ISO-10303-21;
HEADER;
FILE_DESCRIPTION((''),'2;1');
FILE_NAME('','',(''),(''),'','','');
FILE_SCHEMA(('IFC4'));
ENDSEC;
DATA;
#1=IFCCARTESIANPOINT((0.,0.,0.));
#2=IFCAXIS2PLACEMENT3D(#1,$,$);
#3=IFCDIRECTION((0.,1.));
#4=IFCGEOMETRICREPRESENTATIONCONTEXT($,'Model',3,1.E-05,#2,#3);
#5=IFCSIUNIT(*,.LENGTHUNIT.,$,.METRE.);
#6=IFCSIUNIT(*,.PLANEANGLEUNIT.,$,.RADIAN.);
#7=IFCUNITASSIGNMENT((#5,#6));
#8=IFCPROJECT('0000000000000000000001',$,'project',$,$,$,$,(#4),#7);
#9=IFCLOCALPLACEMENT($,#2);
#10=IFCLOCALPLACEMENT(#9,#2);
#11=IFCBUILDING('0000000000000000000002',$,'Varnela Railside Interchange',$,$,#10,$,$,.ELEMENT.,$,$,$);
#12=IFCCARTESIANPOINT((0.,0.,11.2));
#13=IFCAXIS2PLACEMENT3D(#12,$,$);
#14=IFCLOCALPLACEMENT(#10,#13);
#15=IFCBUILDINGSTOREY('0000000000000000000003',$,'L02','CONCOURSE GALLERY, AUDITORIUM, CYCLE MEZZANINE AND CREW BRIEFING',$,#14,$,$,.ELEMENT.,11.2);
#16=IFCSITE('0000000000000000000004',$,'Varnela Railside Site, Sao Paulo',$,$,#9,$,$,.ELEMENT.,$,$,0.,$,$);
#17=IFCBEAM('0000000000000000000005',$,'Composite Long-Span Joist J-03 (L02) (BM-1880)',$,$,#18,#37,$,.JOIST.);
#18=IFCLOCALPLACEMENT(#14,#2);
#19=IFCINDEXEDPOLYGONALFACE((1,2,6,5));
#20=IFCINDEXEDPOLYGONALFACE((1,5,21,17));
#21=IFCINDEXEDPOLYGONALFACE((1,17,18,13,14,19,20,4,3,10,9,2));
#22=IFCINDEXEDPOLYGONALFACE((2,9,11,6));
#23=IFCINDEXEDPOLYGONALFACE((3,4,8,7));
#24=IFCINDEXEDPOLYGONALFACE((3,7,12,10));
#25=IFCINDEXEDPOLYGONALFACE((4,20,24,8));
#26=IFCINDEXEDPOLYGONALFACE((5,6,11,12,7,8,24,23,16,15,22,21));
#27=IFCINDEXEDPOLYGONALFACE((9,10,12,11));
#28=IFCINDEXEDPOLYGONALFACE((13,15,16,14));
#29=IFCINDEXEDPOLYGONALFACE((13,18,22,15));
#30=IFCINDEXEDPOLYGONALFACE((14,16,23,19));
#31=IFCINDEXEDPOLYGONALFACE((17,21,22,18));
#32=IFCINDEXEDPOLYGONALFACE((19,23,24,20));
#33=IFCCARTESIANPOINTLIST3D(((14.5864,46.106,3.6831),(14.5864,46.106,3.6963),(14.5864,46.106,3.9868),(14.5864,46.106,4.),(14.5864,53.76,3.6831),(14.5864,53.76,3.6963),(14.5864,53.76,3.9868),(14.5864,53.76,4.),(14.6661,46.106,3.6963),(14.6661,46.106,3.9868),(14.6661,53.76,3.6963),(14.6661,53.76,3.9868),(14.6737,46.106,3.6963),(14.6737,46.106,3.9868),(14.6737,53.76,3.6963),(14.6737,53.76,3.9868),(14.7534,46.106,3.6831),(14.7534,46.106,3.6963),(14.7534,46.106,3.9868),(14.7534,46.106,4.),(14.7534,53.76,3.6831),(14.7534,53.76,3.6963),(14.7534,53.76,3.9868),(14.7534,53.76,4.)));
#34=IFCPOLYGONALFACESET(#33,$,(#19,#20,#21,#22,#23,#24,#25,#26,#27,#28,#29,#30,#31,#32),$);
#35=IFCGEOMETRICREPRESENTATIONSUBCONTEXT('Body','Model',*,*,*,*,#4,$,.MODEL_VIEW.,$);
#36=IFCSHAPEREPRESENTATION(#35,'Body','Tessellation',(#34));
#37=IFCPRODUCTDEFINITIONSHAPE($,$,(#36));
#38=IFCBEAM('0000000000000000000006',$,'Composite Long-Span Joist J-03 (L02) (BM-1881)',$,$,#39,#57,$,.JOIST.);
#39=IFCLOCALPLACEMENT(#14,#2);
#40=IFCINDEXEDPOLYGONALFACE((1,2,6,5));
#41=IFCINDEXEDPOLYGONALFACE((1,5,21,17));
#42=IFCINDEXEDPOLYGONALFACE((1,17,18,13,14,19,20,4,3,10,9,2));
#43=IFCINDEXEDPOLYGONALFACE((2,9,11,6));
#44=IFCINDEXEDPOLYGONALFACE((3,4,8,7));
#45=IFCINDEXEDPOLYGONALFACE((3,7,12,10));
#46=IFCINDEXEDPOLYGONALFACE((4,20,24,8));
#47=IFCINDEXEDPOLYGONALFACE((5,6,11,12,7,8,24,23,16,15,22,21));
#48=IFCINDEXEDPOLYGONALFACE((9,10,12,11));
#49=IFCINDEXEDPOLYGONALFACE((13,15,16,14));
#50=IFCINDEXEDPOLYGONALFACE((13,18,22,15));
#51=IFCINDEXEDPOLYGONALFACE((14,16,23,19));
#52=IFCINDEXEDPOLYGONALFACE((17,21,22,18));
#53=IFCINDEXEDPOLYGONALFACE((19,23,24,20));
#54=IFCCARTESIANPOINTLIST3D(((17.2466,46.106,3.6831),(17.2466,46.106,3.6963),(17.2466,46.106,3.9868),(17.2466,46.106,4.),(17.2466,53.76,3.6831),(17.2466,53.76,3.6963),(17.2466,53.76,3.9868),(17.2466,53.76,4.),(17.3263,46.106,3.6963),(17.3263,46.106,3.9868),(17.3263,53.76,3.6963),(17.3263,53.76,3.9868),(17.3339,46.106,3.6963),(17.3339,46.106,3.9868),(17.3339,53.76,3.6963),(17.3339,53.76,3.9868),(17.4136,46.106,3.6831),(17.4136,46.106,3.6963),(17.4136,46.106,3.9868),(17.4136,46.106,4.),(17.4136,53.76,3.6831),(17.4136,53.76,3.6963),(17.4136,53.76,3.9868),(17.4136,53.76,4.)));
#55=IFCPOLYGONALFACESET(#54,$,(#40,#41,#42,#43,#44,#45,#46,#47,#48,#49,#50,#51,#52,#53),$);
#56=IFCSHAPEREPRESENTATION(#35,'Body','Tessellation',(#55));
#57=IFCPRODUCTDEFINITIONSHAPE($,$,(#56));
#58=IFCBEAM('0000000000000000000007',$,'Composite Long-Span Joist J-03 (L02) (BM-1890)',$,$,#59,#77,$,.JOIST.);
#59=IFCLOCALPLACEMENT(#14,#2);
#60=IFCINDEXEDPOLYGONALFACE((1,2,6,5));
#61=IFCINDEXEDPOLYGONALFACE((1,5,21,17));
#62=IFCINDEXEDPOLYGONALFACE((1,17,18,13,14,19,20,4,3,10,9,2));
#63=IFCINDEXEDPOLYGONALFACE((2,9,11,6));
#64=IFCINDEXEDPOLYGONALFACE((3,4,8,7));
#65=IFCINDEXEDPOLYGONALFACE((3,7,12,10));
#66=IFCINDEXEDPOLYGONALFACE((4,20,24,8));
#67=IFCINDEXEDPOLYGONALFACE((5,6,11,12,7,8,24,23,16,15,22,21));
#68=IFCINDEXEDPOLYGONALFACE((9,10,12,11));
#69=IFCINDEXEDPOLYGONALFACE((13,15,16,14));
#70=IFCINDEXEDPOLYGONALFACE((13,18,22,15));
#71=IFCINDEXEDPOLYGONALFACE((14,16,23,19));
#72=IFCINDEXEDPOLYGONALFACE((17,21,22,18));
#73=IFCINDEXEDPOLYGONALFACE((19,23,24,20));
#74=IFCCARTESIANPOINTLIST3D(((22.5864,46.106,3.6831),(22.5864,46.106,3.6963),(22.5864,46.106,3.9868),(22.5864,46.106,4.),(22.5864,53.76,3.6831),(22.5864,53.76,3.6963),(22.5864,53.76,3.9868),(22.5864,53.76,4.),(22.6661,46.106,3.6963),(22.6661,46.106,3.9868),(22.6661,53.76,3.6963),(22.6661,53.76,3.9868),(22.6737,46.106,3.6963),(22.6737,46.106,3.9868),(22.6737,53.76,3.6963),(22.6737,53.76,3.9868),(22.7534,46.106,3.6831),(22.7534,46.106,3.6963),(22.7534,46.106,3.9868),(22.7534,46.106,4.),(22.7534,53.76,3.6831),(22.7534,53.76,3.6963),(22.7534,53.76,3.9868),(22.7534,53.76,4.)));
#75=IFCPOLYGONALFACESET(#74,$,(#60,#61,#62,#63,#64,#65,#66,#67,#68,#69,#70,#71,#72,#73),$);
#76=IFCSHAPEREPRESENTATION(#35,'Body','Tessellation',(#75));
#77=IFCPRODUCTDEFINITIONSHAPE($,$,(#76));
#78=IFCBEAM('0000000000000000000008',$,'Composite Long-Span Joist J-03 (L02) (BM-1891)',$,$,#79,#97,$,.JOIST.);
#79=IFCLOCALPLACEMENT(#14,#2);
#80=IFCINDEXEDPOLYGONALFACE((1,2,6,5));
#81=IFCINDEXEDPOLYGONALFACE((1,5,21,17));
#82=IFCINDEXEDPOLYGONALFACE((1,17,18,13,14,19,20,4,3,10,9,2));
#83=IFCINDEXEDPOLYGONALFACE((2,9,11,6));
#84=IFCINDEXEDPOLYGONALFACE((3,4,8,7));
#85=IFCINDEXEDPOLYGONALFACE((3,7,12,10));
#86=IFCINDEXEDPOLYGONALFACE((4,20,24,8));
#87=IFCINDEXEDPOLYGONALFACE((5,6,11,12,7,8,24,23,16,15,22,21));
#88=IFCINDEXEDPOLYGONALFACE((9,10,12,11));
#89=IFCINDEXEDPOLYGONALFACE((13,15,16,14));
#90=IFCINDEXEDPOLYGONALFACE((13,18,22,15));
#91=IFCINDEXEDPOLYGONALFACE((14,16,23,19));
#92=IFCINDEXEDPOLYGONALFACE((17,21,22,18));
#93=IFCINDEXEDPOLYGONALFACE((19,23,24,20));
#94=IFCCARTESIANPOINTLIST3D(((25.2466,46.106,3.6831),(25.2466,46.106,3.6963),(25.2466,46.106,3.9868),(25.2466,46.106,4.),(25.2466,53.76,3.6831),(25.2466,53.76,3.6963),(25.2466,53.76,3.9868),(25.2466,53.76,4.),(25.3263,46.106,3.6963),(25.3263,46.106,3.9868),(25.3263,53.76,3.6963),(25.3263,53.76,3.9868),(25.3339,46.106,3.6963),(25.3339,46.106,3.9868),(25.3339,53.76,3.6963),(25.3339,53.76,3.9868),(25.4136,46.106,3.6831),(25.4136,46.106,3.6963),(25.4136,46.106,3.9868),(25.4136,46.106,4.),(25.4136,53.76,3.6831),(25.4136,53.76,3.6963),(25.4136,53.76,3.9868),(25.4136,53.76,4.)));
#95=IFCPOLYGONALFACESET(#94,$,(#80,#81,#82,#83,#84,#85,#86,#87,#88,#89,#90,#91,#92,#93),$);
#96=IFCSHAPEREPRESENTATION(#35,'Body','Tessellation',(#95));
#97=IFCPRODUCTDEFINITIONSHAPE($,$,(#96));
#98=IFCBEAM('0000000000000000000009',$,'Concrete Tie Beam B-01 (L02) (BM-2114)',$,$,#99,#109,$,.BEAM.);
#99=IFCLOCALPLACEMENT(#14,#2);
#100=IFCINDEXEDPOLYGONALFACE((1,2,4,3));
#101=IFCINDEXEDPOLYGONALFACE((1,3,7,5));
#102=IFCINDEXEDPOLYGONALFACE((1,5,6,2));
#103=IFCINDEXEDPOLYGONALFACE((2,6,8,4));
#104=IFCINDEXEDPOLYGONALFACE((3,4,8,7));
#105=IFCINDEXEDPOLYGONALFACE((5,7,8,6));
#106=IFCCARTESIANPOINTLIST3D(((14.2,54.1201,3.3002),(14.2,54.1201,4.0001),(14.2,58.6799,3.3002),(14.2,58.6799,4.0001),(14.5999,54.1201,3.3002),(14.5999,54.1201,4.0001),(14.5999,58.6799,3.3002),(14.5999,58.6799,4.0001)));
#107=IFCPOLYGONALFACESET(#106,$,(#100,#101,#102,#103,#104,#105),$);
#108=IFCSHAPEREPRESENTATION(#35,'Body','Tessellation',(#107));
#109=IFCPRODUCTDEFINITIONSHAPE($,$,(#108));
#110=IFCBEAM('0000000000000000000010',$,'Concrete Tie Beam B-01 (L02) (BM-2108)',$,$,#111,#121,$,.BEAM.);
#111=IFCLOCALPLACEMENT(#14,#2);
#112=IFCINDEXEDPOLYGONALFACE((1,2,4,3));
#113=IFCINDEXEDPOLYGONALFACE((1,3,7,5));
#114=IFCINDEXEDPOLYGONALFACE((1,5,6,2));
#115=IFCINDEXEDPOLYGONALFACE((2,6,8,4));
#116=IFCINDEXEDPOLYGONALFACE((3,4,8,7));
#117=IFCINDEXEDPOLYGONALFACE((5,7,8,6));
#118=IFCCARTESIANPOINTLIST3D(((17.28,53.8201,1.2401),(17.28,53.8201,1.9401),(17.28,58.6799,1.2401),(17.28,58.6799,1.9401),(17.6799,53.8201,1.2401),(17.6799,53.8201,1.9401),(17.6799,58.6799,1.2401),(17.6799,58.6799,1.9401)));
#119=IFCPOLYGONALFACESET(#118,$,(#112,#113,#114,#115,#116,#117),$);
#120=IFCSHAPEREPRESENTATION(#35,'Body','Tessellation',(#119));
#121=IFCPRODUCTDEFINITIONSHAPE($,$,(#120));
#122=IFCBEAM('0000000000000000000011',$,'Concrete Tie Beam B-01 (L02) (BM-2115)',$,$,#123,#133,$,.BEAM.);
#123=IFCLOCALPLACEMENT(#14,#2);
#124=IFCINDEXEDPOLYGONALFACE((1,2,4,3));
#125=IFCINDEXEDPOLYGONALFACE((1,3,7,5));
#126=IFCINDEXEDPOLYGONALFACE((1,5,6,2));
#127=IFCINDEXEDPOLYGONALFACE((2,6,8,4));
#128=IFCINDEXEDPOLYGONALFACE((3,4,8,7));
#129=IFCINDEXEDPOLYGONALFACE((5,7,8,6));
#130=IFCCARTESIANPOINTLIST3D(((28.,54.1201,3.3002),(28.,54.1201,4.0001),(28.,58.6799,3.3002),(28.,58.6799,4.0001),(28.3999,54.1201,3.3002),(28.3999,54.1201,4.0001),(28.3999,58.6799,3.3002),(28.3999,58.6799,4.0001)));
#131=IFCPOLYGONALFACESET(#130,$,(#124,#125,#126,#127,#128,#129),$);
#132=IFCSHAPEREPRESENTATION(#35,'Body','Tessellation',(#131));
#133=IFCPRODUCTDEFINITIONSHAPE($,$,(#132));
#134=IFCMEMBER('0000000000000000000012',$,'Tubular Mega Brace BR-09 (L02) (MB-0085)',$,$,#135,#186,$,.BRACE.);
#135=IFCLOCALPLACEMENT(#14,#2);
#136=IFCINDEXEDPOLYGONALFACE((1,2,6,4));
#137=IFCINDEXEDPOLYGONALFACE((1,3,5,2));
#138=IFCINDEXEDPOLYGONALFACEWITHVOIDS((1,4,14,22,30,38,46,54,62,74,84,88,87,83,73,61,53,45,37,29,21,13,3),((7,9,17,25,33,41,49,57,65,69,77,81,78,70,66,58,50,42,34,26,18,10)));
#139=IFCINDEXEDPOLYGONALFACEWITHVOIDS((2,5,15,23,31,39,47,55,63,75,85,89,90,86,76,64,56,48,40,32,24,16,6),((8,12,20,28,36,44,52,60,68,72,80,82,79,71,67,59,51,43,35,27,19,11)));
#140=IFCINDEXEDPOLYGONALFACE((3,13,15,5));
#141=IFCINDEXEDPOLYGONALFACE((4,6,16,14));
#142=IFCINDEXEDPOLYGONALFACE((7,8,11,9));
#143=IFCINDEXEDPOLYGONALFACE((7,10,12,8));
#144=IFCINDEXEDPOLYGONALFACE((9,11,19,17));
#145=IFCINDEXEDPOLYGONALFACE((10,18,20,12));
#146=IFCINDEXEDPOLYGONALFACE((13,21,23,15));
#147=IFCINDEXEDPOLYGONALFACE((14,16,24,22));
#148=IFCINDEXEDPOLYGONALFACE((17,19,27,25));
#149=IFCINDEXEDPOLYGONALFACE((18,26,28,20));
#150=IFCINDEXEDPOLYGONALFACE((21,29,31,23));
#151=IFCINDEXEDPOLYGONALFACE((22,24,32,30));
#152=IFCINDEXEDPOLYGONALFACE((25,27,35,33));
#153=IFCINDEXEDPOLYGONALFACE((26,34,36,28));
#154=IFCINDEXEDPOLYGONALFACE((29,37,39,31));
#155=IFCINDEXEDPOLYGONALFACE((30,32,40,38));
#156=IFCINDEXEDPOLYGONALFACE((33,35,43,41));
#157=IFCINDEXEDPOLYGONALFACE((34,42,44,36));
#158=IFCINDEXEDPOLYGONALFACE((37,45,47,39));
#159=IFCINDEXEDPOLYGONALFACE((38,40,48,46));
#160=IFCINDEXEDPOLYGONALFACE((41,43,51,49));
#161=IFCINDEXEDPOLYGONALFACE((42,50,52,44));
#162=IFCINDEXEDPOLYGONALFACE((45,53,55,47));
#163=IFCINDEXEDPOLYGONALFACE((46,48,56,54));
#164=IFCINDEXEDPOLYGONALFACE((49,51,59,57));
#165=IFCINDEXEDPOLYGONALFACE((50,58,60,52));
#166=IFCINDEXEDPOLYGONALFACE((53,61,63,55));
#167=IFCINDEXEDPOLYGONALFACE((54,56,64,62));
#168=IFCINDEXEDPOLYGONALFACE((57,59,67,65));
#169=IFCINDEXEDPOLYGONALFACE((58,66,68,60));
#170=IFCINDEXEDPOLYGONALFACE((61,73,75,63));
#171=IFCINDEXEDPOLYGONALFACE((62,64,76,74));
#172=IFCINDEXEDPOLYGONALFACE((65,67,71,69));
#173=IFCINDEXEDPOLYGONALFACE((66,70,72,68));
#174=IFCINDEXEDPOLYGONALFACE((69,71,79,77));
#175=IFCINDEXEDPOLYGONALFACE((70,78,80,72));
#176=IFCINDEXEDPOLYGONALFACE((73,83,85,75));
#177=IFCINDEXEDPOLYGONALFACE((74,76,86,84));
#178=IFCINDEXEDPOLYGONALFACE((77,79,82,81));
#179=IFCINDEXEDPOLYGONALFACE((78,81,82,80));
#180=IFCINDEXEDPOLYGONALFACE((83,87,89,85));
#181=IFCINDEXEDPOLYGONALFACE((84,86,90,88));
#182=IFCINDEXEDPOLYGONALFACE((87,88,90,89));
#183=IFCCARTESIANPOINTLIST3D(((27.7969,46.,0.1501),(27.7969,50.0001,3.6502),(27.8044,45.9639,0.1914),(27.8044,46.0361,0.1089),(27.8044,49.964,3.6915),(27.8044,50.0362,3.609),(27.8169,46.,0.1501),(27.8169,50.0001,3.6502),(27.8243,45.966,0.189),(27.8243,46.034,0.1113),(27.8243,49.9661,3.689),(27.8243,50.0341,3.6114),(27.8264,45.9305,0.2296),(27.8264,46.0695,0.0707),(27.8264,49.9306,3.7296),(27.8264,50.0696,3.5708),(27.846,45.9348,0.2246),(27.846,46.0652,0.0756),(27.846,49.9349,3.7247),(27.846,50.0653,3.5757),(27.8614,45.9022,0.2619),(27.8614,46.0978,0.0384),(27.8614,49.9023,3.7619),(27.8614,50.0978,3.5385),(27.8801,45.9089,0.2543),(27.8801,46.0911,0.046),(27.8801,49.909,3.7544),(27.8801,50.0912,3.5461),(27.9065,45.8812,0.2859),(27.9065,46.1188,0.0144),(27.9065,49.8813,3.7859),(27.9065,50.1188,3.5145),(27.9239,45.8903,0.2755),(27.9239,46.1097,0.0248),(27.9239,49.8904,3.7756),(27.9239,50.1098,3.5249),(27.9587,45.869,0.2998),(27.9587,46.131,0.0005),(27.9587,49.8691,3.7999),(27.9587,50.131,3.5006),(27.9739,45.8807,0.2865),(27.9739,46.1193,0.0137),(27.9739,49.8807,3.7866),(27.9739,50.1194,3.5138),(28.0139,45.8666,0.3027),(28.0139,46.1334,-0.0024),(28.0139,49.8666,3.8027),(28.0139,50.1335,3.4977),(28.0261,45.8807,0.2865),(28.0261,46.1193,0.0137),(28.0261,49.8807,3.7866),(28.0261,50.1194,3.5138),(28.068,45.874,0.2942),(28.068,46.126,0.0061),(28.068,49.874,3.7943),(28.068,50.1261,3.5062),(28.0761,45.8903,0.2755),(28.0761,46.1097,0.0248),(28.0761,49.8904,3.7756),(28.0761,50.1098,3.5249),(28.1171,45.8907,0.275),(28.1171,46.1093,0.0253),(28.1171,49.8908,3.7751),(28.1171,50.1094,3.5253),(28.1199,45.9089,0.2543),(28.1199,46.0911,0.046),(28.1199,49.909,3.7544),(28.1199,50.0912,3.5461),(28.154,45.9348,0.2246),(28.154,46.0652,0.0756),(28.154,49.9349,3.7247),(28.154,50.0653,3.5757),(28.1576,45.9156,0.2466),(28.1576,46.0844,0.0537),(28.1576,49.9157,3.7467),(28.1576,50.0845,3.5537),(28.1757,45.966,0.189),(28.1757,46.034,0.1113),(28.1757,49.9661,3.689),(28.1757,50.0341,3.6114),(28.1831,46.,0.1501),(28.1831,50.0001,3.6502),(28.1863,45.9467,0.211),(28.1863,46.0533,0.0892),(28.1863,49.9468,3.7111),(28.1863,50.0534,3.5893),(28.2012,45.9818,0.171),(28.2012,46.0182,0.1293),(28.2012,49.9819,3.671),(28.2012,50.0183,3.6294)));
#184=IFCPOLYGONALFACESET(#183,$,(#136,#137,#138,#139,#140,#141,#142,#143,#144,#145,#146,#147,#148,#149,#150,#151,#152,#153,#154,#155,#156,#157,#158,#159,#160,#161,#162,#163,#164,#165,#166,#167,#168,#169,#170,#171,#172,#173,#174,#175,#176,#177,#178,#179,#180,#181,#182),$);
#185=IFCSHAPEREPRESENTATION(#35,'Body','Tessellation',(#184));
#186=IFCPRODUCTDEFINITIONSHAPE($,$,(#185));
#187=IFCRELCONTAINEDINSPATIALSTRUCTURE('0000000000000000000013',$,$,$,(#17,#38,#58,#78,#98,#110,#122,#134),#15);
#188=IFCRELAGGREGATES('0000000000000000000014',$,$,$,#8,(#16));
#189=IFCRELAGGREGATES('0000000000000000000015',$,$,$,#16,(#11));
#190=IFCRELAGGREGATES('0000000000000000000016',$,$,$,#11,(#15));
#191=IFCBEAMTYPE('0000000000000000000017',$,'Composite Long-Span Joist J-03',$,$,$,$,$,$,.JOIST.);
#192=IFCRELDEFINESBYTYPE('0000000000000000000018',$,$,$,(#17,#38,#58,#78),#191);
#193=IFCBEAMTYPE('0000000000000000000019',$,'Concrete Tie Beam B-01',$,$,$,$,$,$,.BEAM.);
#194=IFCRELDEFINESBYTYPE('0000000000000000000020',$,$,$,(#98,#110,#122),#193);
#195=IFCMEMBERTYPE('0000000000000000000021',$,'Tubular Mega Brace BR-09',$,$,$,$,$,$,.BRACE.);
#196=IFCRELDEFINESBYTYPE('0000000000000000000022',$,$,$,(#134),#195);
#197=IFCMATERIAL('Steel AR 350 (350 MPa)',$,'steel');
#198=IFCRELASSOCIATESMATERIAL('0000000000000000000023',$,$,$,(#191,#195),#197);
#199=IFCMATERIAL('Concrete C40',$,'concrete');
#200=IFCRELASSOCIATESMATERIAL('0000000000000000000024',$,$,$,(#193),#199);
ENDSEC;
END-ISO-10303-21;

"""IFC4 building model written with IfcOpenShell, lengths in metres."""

from ifc_helpers import new_model, si_unit, direction, frame, origin, origin_2d, place, context, subcontext, project, spatial, rectangle, hollow_circle, i_section, extrude, material, material_profile, profile_set, type_object, element, save


model = new_model("IFC4")

# Units and contexts
model_context = context("Model", 3, precision=1e-05, world=origin(), true_north=direction((0.0, 1.0)))
body_context = subcontext(model_context, "Body", "Model", "MODEL_VIEW")
ifc_project = project(units=[si_unit("LENGTHUNIT", "METRE"), si_unit("PLANEANGLEUNIT", "RADIAN")], contexts=[model_context])

# Site, building, storey
site_placement = place(None, origin())
site = spatial("IfcSite", under=ifc_project, at=site_placement, Name="Varnela Railside Site, Sao Paulo", CompositionType="ELEMENT", RefElevation=0.0)
building_placement = place(site_placement, origin())
building = spatial("IfcBuilding", under=site, at=building_placement, Name="Varnela Railside Interchange", CompositionType="ELEMENT")
storey_placement = place(building_placement, frame((0.0, 0.0, 11.2)))
storey = spatial("IfcBuildingStorey", under=building, at=storey_placement, Name="L02", Description="CONCOURSE GALLERY, AUDITORIUM, CYCLE MEZZANINE AND CREW BRIEFING", CompositionType="ELEMENT", Elevation=11.2)

# Shared definitions
ifc_material_1 = material(Name="Steel AR 350 (350 MPa)", Category="steel")

# Beams
ifc_material_profile_1 = material_profile(ifc_material_1, i_section(OverallWidth=0.167, OverallDepth=0.3169, WebThickness=0.0076, FlangeThickness=0.0132, at=origin_2d()), Name="W310x52")
ifc_profile_set_1 = profile_set([ifc_material_profile_1], Name="Steel AR 350 (350 MPa)")
beam_type_1 = type_object("IfcBeamType", Name="Composite Long-Span Joist J-03", PredefinedType="JOIST", material=ifc_profile_set_1)
for number, where, z_axis, x_axis, name in (
    (1, (14.6699, 46.106, 3.8416), (0.0, 1.0, 0.0), (-1.0, 0.0, 0.0), "Composite Long-Span Joist J-03 (L02) (BM-1880)"),
    (2, (17.3301, 46.106, 3.8416), (0.0, 1.0, 0.0), (-1.0, 0.0, 0.0), "Composite Long-Span Joist J-03 (L02) (BM-1881)"),
    (3, (22.6699, 46.106, 3.8416), (0.0, 1.0, 0.0), (-1.0, 0.0, 0.0), "Composite Long-Span Joist J-03 (L02) (BM-1890)"),
    (4, (25.3301, 46.106, 3.8416), (0.0, 1.0, 0.0), (-1.0, 0.0, 0.0), "Composite Long-Span Joist J-03 (L02) (BM-1891)"),
):
    element("IfcBeam", number, at=place(storey_placement, frame(where, z_axis=z_axis, x_axis=x_axis)), inside=storey, type_object=beam_type_1, Name=name, PredefinedType="JOIST", context=body_context, shape_type="SweptSolid", body=[
        extrude(i_section(OverallWidth=0.167, OverallDepth=0.3169, WebThickness=0.0076, FlangeThickness=0.0132, at=origin_2d()), origin(), (0.0, 0.0, 1.0), 7.6541),
    ])
ifc_material_2 = material(Name="Concrete C40", Category="concrete")
ifc_material_profile_2 = material_profile(ifc_material_2, rectangle(XDim=0.3999, YDim=0.7, at=origin_2d()), Name="RC 400x700")
ifc_profile_set_2 = profile_set([ifc_material_profile_2], Name="Concrete C40")
beam_type_2 = type_object("IfcBeamType", Name="Concrete Tie Beam B-01", PredefinedType="BEAM", material=ifc_profile_set_2)
beam_1_placement = place(storey_placement, frame((14.3999, 54.1201, 3.6501), z_axis=(0.0, 1.0, 0.0), x_axis=(-1.0, 0.0, 0.0)))
element("IfcBeam", 5, at=beam_1_placement, inside=storey, type_object=beam_type_2, Name="Concrete Tie Beam B-01 (L02) (BM-2114)", PredefinedType="BEAM", context=body_context, shape_type="SweptSolid", body=[
    extrude(rectangle(XDim=0.3999, YDim=0.7, at=origin_2d()), origin(), (0.0, 0.0, 1.0), 4.5598),
])
beam_2_placement = place(storey_placement, frame((17.48, 53.8201, 1.5901), z_axis=(0.0, 1.0, 0.0), x_axis=(-1.0, 0.0, 0.0)))
element("IfcBeam", 6, at=beam_2_placement, inside=storey, type_object=beam_type_2, Name="Concrete Tie Beam B-01 (L02) (BM-2108)", PredefinedType="BEAM", context=body_context, shape_type="SweptSolid", body=[
    extrude(rectangle(XDim=0.3999, YDim=0.7, at=origin_2d()), origin(), (0.0, 0.0, 1.0), 4.8599),
])
beam_3_placement = place(storey_placement, frame((28.2, 54.1201, 3.6501), z_axis=(0.0, 1.0, 0.0), x_axis=(-1.0, 0.0, 0.0)))
element("IfcBeam", 7, at=beam_3_placement, inside=storey, type_object=beam_type_2, Name="Concrete Tie Beam B-01 (L02) (BM-2115)", PredefinedType="BEAM", context=body_context, shape_type="SweptSolid", body=[
    extrude(rectangle(XDim=0.3999, YDim=0.7, at=origin_2d()), origin(), (0.0, 0.0, 1.0), 4.5598),
])

# Member
ifc_material_profile_3 = material_profile(ifc_material_1, hollow_circle(Radius=0.2031, WallThickness=0.02, at=origin_2d()), Name="CHS 406.4x20")
ifc_profile_set_3 = profile_set([ifc_material_profile_3], Name="Steel AR 350 (350 MPa)")
member_type = type_object("IfcMemberType", Name="Tubular Mega Brace BR-09", PredefinedType="BRACE", material=ifc_profile_set_3)
for number, where, z_axis, x_axis, name in (
    (8, (28.0, 46.0, 0.1501), (0.0, 0.752577, 0.658505), (-1.0, 0.0, 0.0), "Tubular Mega Brace BR-09 (L02) (MB-0085)"),
):
    element("IfcMember", number, at=place(storey_placement, frame(where, z_axis=z_axis, x_axis=x_axis)), inside=storey, type_object=member_type, Name=name, PredefinedType="BRACE", context=body_context, shape_type="SweptSolid", body=[
        extrude(hollow_circle(Radius=0.2031, WallThickness=0.02, at=origin_2d()), origin(), (0.0, 0.0, 1.0), 5.3152),
    ])

save(model, "model.ifc")
